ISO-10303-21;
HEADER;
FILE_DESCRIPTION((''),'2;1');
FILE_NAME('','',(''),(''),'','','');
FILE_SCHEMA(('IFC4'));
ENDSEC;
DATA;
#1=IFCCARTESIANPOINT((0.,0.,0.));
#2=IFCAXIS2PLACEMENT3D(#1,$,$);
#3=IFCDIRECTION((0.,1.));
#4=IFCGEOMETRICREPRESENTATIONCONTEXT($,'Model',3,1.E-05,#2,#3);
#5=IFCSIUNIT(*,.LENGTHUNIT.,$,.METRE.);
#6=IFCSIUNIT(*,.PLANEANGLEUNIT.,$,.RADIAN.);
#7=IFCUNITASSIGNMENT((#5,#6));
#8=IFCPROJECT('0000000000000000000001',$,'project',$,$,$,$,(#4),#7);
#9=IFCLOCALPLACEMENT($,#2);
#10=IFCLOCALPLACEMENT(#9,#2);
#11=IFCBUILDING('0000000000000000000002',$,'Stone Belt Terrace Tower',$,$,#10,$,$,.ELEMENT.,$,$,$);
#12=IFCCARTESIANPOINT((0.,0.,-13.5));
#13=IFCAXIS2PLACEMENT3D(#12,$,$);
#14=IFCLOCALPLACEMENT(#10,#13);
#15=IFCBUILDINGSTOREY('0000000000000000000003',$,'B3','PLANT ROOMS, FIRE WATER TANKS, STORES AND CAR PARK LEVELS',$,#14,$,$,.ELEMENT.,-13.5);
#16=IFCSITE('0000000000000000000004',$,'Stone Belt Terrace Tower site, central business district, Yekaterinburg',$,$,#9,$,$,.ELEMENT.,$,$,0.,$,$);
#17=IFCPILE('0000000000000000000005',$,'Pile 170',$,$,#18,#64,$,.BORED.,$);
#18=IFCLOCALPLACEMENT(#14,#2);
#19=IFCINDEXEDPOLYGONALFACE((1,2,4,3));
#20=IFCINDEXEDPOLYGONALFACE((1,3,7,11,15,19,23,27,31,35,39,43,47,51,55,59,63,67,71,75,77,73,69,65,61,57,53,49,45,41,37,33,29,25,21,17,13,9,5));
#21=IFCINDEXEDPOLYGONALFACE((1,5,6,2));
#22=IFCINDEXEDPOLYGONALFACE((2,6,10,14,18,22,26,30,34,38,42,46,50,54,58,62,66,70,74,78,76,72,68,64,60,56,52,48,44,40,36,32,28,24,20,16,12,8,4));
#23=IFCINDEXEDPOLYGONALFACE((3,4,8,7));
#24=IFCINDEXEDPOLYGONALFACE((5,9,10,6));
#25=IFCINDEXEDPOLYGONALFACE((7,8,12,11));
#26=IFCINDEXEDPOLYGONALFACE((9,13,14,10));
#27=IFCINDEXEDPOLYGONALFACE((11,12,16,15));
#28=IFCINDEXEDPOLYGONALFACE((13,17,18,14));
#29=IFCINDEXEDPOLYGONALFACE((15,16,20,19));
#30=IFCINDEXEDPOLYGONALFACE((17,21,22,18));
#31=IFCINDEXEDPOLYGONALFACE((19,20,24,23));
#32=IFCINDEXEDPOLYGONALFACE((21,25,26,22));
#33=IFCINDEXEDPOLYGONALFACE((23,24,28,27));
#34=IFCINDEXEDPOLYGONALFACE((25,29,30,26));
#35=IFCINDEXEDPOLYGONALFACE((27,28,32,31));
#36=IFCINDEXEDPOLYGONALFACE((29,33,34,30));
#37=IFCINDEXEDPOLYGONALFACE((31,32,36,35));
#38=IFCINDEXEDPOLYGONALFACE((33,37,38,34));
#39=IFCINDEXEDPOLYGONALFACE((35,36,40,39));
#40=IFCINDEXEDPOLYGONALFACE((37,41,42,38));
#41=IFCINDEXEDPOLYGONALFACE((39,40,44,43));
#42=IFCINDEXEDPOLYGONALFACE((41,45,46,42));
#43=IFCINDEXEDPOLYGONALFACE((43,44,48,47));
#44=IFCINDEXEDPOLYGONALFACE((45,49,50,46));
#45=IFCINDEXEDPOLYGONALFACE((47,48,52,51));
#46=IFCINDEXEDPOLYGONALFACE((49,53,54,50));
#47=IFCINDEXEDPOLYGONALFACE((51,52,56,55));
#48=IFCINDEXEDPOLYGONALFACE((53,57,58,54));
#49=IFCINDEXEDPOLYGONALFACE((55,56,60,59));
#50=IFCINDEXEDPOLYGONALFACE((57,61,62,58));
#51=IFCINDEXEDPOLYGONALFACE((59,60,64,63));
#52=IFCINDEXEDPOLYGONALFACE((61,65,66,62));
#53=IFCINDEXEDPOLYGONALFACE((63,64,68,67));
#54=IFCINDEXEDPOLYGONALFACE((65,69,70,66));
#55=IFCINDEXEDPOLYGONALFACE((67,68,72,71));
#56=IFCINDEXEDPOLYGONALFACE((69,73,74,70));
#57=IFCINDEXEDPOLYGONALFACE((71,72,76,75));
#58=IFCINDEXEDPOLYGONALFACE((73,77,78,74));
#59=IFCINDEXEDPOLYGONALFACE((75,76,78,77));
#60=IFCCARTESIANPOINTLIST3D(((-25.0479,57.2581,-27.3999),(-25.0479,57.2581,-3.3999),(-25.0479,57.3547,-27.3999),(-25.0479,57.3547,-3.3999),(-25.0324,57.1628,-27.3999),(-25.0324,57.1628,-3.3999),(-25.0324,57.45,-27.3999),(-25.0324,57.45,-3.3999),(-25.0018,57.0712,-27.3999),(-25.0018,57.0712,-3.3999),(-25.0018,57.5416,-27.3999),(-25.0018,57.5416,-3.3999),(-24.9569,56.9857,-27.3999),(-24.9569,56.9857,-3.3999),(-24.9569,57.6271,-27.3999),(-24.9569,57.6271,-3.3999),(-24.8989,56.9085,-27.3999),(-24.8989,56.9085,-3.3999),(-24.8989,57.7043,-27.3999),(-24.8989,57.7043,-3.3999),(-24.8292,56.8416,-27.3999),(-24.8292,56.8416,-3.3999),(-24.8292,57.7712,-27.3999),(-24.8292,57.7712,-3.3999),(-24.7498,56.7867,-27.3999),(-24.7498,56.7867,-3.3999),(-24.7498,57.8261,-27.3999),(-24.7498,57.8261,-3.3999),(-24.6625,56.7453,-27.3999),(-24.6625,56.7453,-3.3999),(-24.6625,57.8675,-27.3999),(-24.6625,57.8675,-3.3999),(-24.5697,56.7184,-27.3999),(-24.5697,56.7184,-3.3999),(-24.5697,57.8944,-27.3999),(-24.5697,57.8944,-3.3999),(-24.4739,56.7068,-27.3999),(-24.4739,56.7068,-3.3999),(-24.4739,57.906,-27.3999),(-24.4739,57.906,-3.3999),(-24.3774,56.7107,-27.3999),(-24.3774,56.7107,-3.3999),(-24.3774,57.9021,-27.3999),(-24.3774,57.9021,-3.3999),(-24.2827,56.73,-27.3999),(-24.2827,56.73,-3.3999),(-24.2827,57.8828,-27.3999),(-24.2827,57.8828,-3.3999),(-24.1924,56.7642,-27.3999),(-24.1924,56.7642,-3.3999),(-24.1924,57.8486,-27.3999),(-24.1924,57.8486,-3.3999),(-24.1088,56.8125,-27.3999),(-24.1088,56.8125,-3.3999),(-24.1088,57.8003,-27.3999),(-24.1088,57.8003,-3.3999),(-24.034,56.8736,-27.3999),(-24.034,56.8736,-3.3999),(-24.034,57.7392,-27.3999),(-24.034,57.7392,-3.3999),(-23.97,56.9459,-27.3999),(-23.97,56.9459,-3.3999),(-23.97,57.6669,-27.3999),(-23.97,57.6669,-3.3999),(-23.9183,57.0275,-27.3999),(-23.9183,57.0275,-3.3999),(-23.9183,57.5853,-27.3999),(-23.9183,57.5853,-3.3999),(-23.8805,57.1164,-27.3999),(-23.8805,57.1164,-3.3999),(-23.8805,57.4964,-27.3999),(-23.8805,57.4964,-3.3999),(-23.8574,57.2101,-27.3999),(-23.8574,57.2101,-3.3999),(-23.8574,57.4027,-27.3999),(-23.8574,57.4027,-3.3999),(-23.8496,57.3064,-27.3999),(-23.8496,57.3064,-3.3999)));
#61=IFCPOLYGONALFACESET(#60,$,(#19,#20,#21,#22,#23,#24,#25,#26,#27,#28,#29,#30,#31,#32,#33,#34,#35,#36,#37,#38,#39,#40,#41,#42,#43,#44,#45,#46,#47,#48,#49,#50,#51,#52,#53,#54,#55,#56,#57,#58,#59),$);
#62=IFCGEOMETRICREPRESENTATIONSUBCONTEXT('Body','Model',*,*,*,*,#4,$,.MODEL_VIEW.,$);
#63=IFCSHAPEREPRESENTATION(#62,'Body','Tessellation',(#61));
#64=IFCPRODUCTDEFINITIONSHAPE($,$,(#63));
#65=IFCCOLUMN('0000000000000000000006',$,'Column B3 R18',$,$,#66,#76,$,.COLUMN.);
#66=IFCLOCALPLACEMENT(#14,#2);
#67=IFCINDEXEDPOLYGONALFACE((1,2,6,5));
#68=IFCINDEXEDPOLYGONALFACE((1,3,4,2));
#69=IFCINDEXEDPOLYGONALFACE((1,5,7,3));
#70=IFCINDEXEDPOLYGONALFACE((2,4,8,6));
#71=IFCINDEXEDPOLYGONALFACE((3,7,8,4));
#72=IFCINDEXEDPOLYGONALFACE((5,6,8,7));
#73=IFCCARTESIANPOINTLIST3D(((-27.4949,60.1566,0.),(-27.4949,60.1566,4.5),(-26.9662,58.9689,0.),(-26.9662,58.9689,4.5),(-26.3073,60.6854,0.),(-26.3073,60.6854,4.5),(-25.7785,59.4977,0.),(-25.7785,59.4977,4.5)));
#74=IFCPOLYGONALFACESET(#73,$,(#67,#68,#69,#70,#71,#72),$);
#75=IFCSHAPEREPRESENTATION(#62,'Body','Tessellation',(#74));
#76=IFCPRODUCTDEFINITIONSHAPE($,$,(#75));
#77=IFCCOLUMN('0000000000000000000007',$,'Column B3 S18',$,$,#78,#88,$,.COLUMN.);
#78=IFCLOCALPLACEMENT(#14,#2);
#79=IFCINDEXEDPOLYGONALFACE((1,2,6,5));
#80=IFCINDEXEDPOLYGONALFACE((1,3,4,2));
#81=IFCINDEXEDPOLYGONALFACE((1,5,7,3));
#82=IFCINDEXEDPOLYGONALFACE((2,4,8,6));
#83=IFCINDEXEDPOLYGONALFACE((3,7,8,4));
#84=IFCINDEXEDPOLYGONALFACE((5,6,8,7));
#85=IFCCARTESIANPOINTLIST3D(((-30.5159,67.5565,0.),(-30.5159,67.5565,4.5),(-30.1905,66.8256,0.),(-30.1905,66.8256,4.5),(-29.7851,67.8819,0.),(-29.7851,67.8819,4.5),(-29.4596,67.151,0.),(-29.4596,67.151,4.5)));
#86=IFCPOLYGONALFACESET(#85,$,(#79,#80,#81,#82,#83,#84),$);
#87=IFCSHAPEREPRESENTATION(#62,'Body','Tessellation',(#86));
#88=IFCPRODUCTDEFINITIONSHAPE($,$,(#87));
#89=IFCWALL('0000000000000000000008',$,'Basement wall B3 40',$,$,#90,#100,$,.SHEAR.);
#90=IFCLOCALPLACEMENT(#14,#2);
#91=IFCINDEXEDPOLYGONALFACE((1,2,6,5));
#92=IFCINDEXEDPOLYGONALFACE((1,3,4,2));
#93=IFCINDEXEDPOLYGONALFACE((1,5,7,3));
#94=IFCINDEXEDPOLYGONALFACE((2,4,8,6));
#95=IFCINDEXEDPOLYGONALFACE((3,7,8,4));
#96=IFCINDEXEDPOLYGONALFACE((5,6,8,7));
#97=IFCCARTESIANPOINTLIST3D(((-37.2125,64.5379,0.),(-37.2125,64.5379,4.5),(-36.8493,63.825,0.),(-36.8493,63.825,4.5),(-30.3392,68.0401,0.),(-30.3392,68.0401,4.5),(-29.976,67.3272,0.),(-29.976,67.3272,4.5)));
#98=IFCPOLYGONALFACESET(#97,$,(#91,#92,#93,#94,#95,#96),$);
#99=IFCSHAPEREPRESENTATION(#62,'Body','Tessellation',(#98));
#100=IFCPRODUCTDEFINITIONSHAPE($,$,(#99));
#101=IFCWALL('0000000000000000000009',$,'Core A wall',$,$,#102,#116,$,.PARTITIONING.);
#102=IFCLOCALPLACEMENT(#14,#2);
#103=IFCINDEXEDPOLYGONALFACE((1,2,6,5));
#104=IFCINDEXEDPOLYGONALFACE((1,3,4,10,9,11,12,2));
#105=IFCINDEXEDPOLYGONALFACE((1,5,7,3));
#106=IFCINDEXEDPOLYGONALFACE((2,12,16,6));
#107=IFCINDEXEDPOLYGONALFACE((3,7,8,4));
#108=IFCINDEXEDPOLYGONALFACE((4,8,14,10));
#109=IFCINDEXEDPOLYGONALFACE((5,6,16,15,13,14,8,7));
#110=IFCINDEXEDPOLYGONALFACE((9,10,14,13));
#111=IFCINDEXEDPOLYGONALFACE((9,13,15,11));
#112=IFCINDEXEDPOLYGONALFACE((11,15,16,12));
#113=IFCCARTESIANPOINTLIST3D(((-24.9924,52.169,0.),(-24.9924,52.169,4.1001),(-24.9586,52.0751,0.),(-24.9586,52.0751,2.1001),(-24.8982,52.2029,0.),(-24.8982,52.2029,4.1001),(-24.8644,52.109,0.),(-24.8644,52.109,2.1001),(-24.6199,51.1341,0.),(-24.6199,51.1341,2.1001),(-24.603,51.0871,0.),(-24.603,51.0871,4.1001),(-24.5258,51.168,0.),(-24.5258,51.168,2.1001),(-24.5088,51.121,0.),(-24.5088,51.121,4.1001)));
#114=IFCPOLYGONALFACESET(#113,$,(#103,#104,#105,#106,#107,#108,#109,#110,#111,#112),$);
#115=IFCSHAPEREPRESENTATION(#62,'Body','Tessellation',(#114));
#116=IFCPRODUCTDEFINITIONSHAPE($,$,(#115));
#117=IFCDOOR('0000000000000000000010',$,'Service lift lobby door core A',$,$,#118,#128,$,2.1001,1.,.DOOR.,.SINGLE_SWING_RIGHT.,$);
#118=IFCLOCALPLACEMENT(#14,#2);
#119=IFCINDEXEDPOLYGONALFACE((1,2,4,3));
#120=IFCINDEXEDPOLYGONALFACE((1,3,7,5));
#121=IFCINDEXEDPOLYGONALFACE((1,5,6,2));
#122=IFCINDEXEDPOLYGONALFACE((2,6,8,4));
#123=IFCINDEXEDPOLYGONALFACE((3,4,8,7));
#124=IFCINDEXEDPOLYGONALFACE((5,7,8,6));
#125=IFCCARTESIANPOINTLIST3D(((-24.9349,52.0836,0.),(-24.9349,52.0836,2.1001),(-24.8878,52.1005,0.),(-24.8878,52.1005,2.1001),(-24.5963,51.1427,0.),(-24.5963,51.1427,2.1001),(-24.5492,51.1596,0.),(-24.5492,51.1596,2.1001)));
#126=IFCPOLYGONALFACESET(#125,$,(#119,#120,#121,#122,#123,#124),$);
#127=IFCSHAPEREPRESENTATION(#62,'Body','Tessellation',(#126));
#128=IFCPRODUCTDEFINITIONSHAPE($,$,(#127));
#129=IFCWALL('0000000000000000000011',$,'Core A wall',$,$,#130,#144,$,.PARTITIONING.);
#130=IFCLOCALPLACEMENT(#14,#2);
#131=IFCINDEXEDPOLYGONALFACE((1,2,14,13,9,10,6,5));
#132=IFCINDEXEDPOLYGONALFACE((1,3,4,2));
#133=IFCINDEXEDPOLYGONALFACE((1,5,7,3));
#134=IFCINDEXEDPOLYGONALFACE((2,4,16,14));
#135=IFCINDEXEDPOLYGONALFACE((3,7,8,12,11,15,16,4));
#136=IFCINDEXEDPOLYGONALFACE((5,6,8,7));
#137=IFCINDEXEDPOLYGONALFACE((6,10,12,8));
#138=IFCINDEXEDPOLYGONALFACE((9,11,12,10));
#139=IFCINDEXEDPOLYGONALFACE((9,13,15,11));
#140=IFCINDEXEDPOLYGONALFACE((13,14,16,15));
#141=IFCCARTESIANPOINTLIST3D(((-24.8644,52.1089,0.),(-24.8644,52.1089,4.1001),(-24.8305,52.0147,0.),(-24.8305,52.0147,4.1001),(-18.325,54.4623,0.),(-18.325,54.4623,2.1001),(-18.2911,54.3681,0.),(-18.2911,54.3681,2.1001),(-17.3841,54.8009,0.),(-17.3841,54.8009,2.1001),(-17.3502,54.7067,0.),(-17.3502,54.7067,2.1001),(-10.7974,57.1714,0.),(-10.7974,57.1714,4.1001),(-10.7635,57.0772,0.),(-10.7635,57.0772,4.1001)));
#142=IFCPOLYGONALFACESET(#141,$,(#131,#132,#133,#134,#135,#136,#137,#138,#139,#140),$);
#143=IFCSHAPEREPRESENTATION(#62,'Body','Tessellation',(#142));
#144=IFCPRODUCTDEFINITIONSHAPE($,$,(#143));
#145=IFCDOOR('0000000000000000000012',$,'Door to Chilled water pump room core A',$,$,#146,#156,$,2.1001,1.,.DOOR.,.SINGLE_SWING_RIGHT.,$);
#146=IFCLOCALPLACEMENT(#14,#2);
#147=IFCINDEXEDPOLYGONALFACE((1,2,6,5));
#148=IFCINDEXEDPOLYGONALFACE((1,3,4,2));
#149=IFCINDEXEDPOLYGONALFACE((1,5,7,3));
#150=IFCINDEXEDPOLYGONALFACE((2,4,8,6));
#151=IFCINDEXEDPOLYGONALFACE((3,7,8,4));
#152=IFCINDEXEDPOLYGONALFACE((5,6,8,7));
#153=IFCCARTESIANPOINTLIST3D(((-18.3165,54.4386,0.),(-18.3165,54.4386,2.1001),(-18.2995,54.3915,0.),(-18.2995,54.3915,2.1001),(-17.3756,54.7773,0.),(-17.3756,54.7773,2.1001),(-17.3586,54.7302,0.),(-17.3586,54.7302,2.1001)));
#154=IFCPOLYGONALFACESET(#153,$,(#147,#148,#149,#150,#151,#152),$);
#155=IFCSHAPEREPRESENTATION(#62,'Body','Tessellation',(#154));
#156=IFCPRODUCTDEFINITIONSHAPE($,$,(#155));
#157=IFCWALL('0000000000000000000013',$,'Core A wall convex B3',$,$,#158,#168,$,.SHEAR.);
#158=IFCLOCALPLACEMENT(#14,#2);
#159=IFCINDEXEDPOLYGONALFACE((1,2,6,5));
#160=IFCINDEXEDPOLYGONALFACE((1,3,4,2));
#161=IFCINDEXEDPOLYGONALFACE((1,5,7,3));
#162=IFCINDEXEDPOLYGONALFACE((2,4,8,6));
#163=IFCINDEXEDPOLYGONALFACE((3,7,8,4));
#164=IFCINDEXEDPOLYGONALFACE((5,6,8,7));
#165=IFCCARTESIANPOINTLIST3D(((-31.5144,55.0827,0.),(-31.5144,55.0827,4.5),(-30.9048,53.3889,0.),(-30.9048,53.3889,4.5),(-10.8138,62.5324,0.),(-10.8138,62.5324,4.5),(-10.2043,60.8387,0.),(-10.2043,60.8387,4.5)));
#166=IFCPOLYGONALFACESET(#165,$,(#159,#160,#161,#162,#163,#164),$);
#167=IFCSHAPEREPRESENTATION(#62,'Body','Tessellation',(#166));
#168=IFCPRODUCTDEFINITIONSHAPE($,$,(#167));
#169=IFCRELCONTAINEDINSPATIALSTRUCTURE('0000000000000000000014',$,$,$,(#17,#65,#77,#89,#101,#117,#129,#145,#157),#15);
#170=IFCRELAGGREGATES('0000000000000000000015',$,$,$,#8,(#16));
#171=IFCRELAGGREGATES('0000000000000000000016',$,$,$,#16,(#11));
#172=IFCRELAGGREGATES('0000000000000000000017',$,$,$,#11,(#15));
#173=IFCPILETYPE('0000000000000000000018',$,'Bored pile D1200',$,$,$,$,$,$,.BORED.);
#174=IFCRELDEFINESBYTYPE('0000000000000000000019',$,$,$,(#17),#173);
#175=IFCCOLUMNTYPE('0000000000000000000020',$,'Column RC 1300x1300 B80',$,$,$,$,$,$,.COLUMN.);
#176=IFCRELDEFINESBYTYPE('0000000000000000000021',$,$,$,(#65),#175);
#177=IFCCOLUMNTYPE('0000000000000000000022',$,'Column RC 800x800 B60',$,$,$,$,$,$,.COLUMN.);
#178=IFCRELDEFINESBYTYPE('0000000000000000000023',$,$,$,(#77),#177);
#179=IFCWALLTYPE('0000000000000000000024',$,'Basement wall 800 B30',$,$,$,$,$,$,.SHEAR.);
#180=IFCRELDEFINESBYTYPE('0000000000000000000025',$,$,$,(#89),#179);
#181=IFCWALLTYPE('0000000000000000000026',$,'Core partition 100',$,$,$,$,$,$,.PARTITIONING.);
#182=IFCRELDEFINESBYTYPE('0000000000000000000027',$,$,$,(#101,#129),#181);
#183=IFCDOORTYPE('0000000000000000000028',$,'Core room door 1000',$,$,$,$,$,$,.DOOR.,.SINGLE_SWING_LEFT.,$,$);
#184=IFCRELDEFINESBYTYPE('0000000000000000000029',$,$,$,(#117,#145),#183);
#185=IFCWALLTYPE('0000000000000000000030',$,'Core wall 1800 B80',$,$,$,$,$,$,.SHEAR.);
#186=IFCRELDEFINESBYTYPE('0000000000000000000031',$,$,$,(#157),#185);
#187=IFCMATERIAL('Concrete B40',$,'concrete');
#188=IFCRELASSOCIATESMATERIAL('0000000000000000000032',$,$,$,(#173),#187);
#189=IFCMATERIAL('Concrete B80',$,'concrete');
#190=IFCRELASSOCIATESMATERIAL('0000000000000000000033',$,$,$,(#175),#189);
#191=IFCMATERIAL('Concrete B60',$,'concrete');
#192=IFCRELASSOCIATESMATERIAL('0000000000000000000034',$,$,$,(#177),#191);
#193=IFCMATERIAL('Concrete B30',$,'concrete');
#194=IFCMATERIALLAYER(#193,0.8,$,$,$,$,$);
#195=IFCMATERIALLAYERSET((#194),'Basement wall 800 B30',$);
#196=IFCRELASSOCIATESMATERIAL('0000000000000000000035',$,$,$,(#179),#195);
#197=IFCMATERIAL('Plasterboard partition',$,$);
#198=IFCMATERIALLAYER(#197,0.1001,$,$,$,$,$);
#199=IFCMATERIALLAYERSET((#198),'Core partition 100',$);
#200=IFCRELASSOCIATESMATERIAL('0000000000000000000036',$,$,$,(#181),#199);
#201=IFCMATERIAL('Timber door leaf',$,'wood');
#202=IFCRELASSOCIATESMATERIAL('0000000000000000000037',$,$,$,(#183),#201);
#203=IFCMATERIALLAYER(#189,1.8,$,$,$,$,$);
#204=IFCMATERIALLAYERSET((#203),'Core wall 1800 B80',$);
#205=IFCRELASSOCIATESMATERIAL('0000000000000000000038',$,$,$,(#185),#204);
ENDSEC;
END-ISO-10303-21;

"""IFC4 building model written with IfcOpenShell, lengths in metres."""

from ifc_helpers import new_model, si_unit, direction, frame, frame_2d, origin, origin_2d, place, context, subcontext, project, spatial, rectangle, circle, extrude, material, layer, layer_set, material_profile, profile_set, type_object, element, fill, save


model = new_model("IFC4")

# Units and contexts
model_context = context("Model", 3, precision=1e-05, world=origin(), true_north=direction((0.0, 1.0)))
body_context = subcontext(model_context, "Body", "Model", "MODEL_VIEW")
ifc_project = project(units=[si_unit("LENGTHUNIT", "METRE"), si_unit("PLANEANGLEUNIT", "RADIAN")], contexts=[model_context])

# Site, building, storey
site_placement = place(None, origin())
site = spatial("IfcSite", under=ifc_project, at=site_placement, Name="Stone Belt Terrace Tower site, central business district, Yekaterinburg", CompositionType="ELEMENT", RefElevation=0.0)
building_placement = place(site_placement, origin())
building = spatial("IfcBuilding", under=site, at=building_placement, Name="Stone Belt Terrace Tower", CompositionType="ELEMENT")
storey_placement = place(building_placement, frame((0.0, 0.0, -13.5)))
storey = spatial("IfcBuildingStorey", under=building, at=storey_placement, Name="B3", Description="PLANT ROOMS, FIRE WATER TANKS, STORES AND CAR PARK LEVELS", CompositionType="ELEMENT", Elevation=-13.5)

# Pile
ifc_material_1 = material(Name="Concrete B40", Category="concrete")
ifc_material_profile_1 = material_profile(ifc_material_1, circle(Radius=0.6001, at=origin_2d()), Name="PILE D1200")
ifc_profile_set_1 = profile_set([ifc_material_profile_1], Name="Concrete B40")
pile_type = type_object("IfcPileType", Name="Bored pile D1200", PredefinedType="BORED", material=ifc_profile_set_1)
for number, where, z_axis, x_axis, name in (
    (1, (-24.4497, 57.3064, -3.3999), (0.0, 0.0, -1.0), (1.0, 0.0, 0.0), "Pile 170"),
):
    element("IfcPile", number, at=place(storey_placement, frame(where, z_axis=z_axis, x_axis=x_axis)), inside=storey, type_object=pile_type, Name=name, PredefinedType="BORED", context=body_context, shape_type="SweptSolid", body=[
        extrude(circle(Radius=0.6001, at=origin_2d()), origin(), (0.0, 0.0, 1.0), 24.0),
    ])

# Columns
ifc_material_2 = material(Name="Concrete B80", Category="concrete")
ifc_material_profile_2 = material_profile(ifc_material_2, rectangle(XDim=1.3, YDim=1.3, at=origin_2d()), Name="RC 1300x1300")
ifc_profile_set_2 = profile_set([ifc_material_profile_2], Name="Concrete B80")
column_type_1 = type_object("IfcColumnType", Name="Column RC 1300x1300 B80", PredefinedType="COLUMN", material=ifc_profile_set_2)
column_1_placement = place(storey_placement, frame((-26.6367, 59.8271, 0.0), z_axis=(0.0, 0.0, 1.0), x_axis=(0.913545, 0.406737, 0.0)))
element("IfcColumn", 2, at=column_1_placement, inside=storey, type_object=column_type_1, Name="Column B3 R18", PredefinedType="COLUMN", context=body_context, shape_type="SweptSolid", body=[
    extrude(rectangle(XDim=1.3, YDim=1.3, at=origin_2d()), origin(), (0.0, 0.0, 1.0), 4.5),
])
ifc_material_3 = material(Name="Concrete B60", Category="concrete")
ifc_material_profile_3 = material_profile(ifc_material_3, rectangle(XDim=0.8, YDim=0.8, at=origin_2d()), Name="RC 800x800")
ifc_profile_set_3 = profile_set([ifc_material_profile_3], Name="Concrete B60")
column_type_2 = type_object("IfcColumnType", Name="Column RC 800x800 B60", PredefinedType="COLUMN", material=ifc_profile_set_3)
column_2_placement = place(storey_placement, frame((-29.9878, 67.3538, 0.0), z_axis=(0.0, 0.0, 1.0), x_axis=(0.913545, 0.406737, 0.0)))
element("IfcColumn", 3, at=column_2_placement, inside=storey, type_object=column_type_2, Name="Column B3 S18", PredefinedType="COLUMN", context=body_context, shape_type="SweptSolid", body=[
    extrude(rectangle(XDim=0.8, YDim=0.8, at=origin_2d()), origin(), (0.0, 0.0, 1.0), 4.5),
])

# Wall
ifc_material_4 = material(Name="Concrete B30", Category="concrete")
ifc_layer_1 = layer(ifc_material_4, 0.8)
ifc_layer_set_1 = layer_set([ifc_layer_1], Name="Basement wall 800 B30")
wall_type_1 = type_object("IfcWallType", Name="Basement wall 800 B30", PredefinedType="SHEAR", material=ifc_layer_set_1)
wall_1_placement = place(storey_placement, frame((-30.1577, 67.6836, 0.0), z_axis=(0.0, 0.0, 1.0), x_axis=(-0.891002, -0.453999, 0.0)))
element("IfcWall", 4, at=wall_1_placement, inside=storey, type_object=wall_type_1, Name="Basement wall B3 40", PredefinedType="SHEAR", context=body_context, shape_type="SweptSolid", body=[
    extrude(rectangle(XDim=7.7141, YDim=0.8, at=frame_2d((3.8569, 0.0))), origin(), (0.0, 0.0, 1.0), 4.5),
])

# Walls, openings, doors
ifc_material_5 = material(Name="Plasterboard partition")
ifc_layer_2 = layer(ifc_material_5, 0.1001)
ifc_layer_set_2 = layer_set([ifc_layer_2], Name="Core partition 100")
wall_type_2 = type_object("IfcWallType", Name="Core partition 100", PredefinedType="PARTITIONING", material=ifc_layer_set_2)
wall_2_placement = place(storey_placement, frame((-24.5559, 51.104, 0.0), z_axis=(0.0, 0.0, 1.0), x_axis=(-0.338622, 0.940923, 0.0)))
wall_2 = element("IfcWall", 5, at=wall_2_placement, inside=storey, type_object=wall_type_2, Name="Core A wall", PredefinedType="PARTITIONING", context=body_context, shape_type="SweptSolid", body=[
    extrude(rectangle(XDim=1.1499, YDim=0.1001, at=frame_2d((0.575, 0.0))), origin(), (0.0, 0.0, 1.0), 4.1001),
])
opening_1_placement = place(wall_2_placement, frame((0.05, 0.0, 0.0)))
opening_1 = element("IfcOpeningElement", 6, at=opening_1_placement, cuts=wall_2, PredefinedType="OPENING", context=body_context, shape_type="SweptSolid", body=[
    extrude(rectangle(XDim=1.0, YDim=2.1001, at=frame_2d((0.5, 1.05))), frame((0.0, 0.0601, 0.0), z_axis=(0.0, -1.0, 0.0), x_axis=(1.0, 0.0, 0.0)), (0.0, 0.0, 1.0), 0.1201),
])
ifc_material_6 = material(Name="Timber door leaf", Category="wood")
door_type_1 = type_object("IfcDoorType", Name="Core room door 1000", OperationType="SINGLE_SWING_LEFT", PredefinedType="DOOR", material=ifc_material_6)
door_1_placement = place(opening_1_placement, origin())
door_1 = element("IfcDoor", 7, at=door_1_placement, inside=storey, type_object=door_type_1, Name="Service lift lobby door core A", OperationType="SINGLE_SWING_RIGHT", OverallHeight=2.1001, OverallWidth=1.0, PredefinedType="DOOR", context=body_context, shape_type="SweptSolid", body=[
    extrude(rectangle(XDim=1.0, YDim=2.1001, at=frame_2d((0.5, 1.05))), frame((0.0, 0.0249, 0.0), z_axis=(0.0, -1.0, 0.0), x_axis=(1.0, 0.0, 0.0)), (0.0, 0.0, 1.0), 0.05),
])
fill(opening_1, door_1)
wall_3_placement = place(storey_placement, frame((-24.8474, 52.0618, 0.0), z_axis=(0.0, 0.0, 1.0), x_axis=(0.940921, 0.338626, 0.0)))
wall_3 = element("IfcWall", 8, at=wall_3_placement, inside=storey, type_object=wall_type_2, Name="Core A wall", PredefinedType="PARTITIONING", context=body_context, shape_type="SweptSolid", body=[
    extrude(rectangle(XDim=14.9502, YDim=0.1001, at=frame_2d((7.4751, 0.0))), origin(), (0.0, 0.0, 1.0), 4.1001),
])
opening_2_placement = place(wall_3_placement, frame((6.95, 0.0, 0.0)))
opening_2 = element("IfcOpeningElement", 9, at=opening_2_placement, cuts=wall_3, PredefinedType="OPENING", context=body_context, shape_type="SweptSolid", body=[
    extrude(rectangle(XDim=1.0, YDim=2.1001, at=frame_2d((0.5, 1.05))), frame((0.0, 0.0601, 0.0), z_axis=(0.0, -1.0, 0.0), x_axis=(1.0, 0.0, 0.0)), (0.0, 0.0, 1.0), 0.1201),
])
door_2_placement = place(opening_2_placement, origin())
door_2 = element("IfcDoor", 10, at=door_2_placement, inside=storey, type_object=door_type_1, Name="Door to Chilled water pump room core A", OperationType="SINGLE_SWING_RIGHT", OverallHeight=2.1001, OverallWidth=1.0, PredefinedType="DOOR", context=body_context, shape_type="SweptSolid", body=[
    extrude(rectangle(XDim=1.0, YDim=2.1001, at=frame_2d((0.5, 1.05))), frame((0.0, 0.0249, 0.0), z_axis=(0.0, -1.0, 0.0), x_axis=(1.0, 0.0, 0.0)), (0.0, 0.0, 1.0), 0.05),
])
fill(opening_2, door_2)

# Wall
ifc_layer_3 = layer(ifc_material_2, 1.8)
ifc_layer_set_3 = layer_set([ifc_layer_3], Name="Core wall 1800 B80")
wall_type_3 = type_object("IfcWallType", Name="Core wall 1800 B80", PredefinedType="SHEAR", material=ifc_layer_set_3)
wall_4_placement = place(storey_placement, frame((-31.2095, 54.2358, 0.0), z_axis=(0.0, 0.0, 1.0), x_axis=(0.940923, 0.338621, 0.0)))
element("IfcWall", 11, at=wall_4_placement, inside=storey, type_object=wall_type_3, Name="Core A wall convex B3", PredefinedType="SHEAR", context=body_context, shape_type="SweptSolid", body=[
    extrude(rectangle(XDim=22.0002, YDim=1.8, at=frame_2d((11.0, 0.0))), origin(), (0.0, 0.0, 1.0), 4.5),
])

save(model, "model.ifc")
